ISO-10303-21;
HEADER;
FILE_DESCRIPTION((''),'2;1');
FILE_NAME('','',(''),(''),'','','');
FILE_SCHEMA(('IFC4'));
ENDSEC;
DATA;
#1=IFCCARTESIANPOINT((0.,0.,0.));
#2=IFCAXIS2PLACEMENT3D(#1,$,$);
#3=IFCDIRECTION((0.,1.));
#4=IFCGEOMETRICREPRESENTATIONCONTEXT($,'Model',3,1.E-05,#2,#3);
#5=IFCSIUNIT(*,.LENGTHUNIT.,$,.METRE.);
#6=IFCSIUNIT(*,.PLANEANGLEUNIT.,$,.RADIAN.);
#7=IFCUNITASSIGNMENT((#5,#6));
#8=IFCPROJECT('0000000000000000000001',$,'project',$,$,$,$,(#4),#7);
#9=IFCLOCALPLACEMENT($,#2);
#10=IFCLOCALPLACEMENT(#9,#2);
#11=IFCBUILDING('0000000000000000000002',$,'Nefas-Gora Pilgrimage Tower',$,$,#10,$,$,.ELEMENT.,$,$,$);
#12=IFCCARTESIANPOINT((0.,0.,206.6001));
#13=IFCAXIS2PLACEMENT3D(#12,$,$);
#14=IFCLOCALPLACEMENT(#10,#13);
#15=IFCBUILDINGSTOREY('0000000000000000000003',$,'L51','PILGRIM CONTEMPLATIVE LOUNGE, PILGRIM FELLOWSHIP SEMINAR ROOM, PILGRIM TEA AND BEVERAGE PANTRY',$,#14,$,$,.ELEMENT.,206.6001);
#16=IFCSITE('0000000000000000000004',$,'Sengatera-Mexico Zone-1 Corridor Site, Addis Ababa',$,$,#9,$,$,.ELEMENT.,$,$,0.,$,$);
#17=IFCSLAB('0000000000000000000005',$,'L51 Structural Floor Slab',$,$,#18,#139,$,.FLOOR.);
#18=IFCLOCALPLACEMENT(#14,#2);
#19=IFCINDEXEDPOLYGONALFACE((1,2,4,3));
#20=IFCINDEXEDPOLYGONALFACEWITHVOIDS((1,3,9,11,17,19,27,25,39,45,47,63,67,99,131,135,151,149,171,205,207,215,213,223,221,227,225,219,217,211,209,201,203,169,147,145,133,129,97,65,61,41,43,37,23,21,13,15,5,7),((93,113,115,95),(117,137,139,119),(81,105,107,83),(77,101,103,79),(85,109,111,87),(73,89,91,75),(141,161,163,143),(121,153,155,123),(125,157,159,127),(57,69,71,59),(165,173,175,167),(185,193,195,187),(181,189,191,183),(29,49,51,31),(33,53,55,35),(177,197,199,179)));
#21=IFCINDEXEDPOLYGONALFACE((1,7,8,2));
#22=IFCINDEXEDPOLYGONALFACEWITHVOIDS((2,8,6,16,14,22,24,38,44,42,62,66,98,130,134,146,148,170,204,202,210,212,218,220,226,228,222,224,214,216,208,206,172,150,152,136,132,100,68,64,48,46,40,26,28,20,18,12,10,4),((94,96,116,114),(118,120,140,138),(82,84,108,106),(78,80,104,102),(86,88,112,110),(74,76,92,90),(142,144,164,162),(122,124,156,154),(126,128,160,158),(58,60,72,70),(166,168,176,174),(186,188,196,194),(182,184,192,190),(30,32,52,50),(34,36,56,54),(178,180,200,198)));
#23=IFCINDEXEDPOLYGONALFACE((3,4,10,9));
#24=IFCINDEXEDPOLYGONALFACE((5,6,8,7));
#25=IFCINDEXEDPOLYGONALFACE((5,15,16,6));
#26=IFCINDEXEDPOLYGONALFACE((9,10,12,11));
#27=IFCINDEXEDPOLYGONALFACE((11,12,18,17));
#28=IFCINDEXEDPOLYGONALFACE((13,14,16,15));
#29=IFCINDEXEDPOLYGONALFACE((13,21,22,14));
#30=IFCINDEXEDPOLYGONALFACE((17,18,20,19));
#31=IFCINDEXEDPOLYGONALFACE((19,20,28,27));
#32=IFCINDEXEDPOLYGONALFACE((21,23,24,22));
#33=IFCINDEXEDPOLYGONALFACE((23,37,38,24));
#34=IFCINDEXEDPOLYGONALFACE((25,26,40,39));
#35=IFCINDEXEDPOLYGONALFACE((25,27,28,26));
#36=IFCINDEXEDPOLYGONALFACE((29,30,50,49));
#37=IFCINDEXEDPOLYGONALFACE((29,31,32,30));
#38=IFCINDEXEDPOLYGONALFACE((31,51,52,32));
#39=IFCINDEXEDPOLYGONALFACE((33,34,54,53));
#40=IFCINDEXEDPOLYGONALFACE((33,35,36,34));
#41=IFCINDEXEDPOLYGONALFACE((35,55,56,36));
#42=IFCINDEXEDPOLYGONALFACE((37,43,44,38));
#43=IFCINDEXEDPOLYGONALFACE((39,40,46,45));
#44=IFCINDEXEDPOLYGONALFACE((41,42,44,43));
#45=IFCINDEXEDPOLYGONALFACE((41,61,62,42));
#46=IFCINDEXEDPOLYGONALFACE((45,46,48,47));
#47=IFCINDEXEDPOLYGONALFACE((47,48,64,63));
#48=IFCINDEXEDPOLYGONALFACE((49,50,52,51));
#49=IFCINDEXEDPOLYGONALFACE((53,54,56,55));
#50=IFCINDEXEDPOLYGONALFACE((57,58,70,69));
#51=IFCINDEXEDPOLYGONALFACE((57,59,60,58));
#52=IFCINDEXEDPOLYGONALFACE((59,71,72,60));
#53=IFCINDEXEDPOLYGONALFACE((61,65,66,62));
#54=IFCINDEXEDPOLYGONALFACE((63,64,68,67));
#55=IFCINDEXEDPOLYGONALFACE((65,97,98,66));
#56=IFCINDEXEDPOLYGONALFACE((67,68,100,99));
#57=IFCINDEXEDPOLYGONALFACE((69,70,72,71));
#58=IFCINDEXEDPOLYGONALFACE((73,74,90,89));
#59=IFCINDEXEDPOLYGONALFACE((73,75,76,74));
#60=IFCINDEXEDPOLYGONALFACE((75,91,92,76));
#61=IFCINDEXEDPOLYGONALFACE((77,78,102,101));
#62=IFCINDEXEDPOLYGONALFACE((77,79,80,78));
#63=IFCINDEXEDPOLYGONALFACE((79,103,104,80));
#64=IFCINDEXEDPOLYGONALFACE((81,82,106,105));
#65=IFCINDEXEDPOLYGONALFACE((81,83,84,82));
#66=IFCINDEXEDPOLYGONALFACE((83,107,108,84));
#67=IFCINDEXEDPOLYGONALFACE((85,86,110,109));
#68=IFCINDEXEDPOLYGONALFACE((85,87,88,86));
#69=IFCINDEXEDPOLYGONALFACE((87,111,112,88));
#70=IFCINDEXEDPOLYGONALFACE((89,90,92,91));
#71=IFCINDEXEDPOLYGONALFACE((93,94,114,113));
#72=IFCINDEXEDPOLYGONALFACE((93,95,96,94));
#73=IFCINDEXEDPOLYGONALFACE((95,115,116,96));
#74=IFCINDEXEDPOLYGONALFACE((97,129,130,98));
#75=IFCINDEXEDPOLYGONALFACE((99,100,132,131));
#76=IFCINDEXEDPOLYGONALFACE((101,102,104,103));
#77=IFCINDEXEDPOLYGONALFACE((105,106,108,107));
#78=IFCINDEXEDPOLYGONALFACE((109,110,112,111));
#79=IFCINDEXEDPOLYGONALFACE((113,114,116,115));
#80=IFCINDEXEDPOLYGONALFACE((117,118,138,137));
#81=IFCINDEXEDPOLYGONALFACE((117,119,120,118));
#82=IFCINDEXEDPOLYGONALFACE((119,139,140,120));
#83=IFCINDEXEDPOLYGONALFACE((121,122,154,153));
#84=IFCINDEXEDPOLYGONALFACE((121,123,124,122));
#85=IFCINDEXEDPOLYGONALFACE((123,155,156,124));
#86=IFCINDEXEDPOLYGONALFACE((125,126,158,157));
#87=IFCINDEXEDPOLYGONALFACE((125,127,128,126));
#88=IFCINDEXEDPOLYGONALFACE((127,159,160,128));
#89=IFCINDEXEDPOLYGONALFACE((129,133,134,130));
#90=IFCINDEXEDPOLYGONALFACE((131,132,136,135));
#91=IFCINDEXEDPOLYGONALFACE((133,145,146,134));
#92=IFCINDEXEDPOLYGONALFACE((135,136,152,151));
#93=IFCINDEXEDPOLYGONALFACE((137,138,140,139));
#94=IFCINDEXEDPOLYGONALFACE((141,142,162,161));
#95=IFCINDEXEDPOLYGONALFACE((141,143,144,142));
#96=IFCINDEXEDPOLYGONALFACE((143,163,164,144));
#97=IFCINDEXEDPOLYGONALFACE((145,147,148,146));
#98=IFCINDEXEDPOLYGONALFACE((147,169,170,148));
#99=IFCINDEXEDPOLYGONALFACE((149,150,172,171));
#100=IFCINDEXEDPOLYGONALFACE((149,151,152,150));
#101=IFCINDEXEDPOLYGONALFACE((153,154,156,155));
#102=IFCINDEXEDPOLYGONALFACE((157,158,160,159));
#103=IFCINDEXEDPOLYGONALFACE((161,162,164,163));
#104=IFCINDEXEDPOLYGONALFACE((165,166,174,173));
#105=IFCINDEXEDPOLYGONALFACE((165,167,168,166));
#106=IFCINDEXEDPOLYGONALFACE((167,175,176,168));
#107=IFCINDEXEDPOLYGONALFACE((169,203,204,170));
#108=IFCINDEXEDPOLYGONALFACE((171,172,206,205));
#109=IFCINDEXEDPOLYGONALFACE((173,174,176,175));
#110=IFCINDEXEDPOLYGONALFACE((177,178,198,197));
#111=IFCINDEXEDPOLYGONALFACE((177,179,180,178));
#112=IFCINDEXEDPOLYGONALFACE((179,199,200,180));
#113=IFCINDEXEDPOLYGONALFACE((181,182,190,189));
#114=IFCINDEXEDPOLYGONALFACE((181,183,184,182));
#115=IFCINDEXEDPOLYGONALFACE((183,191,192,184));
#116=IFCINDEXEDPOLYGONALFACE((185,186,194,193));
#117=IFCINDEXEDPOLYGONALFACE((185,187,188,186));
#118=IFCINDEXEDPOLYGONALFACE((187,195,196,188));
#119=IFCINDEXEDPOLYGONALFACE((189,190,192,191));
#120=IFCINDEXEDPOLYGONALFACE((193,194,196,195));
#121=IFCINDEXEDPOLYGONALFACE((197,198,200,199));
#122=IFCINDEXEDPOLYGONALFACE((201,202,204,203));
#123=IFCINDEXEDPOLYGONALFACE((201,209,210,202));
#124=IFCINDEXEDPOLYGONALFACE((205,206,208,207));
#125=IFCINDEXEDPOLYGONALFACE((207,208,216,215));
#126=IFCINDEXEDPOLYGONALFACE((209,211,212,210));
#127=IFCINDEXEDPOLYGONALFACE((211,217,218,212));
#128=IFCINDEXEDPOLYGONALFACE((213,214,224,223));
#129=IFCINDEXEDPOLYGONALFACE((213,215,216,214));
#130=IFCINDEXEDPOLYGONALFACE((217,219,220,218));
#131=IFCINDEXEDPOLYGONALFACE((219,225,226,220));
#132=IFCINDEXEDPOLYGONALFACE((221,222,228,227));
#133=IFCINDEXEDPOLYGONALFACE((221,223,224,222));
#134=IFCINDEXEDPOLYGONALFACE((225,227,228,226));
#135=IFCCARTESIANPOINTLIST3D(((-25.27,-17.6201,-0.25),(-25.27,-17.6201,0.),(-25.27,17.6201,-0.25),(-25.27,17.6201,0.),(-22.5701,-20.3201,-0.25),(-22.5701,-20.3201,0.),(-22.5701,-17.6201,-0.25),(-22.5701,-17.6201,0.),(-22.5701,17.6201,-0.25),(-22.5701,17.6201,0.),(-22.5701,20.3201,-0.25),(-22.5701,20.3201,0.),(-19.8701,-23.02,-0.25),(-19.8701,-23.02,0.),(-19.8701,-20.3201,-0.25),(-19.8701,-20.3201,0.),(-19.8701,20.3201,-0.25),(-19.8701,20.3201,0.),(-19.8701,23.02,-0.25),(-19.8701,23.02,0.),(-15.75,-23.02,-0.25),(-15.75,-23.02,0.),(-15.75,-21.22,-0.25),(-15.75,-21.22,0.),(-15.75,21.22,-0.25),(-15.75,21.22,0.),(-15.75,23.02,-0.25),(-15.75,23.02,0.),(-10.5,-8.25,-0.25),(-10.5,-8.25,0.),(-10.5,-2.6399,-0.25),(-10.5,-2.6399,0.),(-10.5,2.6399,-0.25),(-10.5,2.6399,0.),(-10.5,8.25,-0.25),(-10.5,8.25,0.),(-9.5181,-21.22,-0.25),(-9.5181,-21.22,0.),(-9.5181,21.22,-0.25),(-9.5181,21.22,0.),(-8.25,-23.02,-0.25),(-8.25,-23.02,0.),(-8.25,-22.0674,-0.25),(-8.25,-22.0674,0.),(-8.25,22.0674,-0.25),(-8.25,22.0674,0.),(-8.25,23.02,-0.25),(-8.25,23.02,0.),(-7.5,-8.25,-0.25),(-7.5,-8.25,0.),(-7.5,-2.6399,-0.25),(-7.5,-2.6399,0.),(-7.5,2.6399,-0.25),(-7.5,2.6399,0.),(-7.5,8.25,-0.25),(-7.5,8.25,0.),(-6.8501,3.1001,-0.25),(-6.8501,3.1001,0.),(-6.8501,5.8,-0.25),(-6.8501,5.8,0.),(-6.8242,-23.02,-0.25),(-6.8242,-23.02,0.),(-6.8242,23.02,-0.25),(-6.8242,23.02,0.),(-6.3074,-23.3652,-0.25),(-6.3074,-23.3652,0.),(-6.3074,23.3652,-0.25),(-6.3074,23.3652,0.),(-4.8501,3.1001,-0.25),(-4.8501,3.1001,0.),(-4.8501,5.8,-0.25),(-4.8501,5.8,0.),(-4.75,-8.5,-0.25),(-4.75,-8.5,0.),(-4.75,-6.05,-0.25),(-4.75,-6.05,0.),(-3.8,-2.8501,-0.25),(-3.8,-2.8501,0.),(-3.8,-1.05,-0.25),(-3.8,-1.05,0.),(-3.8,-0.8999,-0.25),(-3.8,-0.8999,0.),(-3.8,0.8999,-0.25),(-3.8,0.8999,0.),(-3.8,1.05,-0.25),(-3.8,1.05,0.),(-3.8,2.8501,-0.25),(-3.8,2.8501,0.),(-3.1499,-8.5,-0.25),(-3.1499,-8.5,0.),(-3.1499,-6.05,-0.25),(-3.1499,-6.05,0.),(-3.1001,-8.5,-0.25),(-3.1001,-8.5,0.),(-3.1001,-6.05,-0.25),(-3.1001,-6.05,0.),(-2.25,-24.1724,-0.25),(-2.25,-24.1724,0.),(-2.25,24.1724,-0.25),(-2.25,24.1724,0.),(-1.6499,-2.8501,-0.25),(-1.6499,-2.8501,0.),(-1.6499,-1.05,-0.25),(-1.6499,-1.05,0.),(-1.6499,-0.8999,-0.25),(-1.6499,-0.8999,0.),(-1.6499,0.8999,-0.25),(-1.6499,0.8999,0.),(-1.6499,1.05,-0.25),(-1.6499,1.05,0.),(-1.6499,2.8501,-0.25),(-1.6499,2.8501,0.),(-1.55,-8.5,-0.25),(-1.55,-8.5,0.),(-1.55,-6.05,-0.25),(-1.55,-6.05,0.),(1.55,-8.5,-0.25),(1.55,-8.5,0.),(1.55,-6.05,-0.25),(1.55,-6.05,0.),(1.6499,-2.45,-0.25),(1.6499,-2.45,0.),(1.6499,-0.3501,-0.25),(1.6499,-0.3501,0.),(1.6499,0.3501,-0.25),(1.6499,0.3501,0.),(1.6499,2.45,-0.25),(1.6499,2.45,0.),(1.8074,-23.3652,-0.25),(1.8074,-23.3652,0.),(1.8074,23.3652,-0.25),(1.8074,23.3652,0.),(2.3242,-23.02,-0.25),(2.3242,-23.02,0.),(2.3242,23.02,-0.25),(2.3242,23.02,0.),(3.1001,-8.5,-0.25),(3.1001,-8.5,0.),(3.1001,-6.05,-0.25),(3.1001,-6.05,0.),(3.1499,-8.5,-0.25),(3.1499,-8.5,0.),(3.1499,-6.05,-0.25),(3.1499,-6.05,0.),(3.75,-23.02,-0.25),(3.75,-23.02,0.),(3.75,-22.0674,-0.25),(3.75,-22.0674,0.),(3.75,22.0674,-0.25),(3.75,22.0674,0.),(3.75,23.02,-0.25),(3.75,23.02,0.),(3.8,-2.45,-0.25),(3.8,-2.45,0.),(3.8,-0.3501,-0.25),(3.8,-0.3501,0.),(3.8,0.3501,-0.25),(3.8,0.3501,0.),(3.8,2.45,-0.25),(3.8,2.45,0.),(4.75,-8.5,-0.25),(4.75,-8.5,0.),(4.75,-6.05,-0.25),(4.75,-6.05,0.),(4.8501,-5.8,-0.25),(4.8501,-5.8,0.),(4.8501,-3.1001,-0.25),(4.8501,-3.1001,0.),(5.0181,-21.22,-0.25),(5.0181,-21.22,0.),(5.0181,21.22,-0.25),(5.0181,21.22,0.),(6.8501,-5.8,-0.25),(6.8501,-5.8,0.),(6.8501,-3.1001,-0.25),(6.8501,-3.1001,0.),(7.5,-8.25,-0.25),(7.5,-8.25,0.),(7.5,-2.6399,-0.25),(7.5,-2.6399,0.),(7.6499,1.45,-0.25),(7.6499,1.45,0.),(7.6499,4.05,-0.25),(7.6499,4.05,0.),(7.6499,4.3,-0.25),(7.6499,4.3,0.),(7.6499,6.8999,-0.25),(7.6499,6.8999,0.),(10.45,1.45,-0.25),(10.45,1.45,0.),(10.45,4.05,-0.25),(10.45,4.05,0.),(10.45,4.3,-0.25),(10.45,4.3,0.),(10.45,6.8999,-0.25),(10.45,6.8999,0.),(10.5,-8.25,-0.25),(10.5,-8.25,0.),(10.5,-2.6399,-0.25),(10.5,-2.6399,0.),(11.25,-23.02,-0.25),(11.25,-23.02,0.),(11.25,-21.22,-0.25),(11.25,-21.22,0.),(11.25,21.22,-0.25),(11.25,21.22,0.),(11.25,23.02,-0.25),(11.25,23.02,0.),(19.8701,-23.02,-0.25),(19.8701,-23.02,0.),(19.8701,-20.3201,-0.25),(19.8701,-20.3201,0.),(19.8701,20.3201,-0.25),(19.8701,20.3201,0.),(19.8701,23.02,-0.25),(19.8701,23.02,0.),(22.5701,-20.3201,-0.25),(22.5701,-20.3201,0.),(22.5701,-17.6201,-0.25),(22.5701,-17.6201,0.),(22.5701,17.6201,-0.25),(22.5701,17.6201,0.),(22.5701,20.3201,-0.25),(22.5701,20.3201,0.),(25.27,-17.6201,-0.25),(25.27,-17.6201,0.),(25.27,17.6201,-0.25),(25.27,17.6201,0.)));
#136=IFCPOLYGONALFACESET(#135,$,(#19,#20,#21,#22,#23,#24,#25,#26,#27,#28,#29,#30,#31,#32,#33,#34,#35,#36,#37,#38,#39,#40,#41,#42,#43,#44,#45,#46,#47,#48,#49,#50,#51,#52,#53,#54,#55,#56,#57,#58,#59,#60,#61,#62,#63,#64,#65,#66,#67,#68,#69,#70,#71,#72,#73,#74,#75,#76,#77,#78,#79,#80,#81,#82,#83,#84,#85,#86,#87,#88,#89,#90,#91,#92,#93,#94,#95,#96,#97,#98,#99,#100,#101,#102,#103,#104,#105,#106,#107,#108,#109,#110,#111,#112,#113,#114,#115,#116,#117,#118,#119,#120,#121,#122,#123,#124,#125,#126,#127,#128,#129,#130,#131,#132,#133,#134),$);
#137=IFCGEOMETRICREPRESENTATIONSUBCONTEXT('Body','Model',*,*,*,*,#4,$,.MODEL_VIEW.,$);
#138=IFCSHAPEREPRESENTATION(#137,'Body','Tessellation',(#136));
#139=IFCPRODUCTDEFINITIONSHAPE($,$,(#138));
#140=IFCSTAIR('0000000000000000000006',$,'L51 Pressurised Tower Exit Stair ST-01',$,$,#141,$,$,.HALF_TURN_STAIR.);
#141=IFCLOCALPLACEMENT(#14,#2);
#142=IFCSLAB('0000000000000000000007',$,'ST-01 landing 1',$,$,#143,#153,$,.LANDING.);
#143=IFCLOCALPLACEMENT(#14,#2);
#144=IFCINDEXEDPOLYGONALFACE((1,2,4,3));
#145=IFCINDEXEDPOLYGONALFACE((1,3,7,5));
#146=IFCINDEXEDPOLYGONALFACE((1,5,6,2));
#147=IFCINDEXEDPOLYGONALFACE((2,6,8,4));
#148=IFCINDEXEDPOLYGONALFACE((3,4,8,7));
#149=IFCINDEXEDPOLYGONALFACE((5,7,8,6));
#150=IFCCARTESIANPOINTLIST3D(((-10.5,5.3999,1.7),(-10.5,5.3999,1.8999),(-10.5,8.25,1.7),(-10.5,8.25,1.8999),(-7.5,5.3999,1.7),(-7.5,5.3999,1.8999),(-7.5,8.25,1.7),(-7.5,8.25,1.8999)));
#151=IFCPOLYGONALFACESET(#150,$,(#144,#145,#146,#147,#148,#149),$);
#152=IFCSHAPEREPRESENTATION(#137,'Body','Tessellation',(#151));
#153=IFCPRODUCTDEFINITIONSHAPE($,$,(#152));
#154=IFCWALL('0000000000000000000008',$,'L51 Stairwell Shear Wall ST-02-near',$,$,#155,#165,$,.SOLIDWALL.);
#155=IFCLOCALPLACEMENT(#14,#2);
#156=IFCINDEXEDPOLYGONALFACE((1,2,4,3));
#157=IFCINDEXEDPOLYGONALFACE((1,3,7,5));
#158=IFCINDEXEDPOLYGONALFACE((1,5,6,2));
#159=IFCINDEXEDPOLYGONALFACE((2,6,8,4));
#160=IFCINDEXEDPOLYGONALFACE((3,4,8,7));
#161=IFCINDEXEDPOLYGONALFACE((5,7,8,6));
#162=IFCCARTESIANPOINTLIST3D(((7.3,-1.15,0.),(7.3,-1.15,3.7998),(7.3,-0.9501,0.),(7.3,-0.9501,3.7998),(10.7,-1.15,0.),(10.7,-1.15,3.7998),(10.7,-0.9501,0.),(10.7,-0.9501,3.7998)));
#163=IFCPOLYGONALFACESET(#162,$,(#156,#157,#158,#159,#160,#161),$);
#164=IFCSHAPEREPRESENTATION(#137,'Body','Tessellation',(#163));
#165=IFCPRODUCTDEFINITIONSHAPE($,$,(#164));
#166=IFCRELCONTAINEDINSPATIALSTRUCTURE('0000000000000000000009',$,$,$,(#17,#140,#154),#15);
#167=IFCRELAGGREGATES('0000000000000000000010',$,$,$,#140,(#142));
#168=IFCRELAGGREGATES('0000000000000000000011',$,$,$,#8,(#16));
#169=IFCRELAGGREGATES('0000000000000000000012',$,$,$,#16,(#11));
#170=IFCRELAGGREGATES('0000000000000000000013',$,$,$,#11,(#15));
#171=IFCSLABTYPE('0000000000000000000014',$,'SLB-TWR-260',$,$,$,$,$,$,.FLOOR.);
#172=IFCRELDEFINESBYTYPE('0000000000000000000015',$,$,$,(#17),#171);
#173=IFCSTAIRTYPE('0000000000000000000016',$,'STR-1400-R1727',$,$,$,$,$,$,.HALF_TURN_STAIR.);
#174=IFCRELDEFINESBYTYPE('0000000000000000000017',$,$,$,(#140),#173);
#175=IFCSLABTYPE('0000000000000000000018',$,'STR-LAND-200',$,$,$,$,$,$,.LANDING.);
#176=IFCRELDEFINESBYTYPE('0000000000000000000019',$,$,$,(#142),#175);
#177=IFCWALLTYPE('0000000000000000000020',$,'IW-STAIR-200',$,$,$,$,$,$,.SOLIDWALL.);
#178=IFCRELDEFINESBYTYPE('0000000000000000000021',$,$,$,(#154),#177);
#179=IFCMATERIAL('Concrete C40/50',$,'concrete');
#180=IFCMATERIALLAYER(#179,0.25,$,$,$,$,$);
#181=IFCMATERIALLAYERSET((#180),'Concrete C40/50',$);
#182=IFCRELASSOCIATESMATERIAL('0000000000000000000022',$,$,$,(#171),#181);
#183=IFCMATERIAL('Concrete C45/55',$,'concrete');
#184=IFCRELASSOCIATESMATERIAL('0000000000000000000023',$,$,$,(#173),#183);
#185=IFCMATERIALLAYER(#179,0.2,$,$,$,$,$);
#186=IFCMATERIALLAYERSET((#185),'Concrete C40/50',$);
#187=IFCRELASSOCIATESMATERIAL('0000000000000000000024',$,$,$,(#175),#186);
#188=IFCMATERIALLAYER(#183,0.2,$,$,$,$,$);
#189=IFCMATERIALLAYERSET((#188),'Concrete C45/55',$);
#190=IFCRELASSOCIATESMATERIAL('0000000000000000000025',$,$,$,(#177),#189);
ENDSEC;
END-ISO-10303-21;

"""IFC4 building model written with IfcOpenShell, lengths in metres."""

from ifc_helpers import new_model, si_unit, direction, frame, frame_2d, origin, place, context, subcontext, project, spatial, polyline, rectangle, outline, extrude, source, transform, mapped, material, layer, layer_set, type_object, element, aggregate, save


model = new_model("IFC4")

# Units and contexts
model_context = context("Model", 3, precision=1e-05, world=origin(), true_north=direction((0.0, 1.0)))
body_context = subcontext(model_context, "Body", "Model", "MODEL_VIEW")
ifc_project = project(units=[si_unit("LENGTHUNIT", "METRE"), si_unit("PLANEANGLEUNIT", "RADIAN")], contexts=[model_context])

# Site, building, storey
site_placement = place(None, origin())
site = spatial("IfcSite", under=ifc_project, at=site_placement, Name="Sengatera-Mexico Zone-1 Corridor Site, Addis Ababa", CompositionType="ELEMENT", RefElevation=0.0)
building_placement = place(site_placement, origin())
building = spatial("IfcBuilding", under=site, at=building_placement, Name="Nefas-Gora Pilgrimage Tower", CompositionType="ELEMENT")
storey_placement = place(building_placement, frame((0.0, 0.0, 206.6001)))
storey = spatial("IfcBuildingStorey", under=building, at=storey_placement, Name="L51", Description="PILGRIM CONTEMPLATIVE LOUNGE, PILGRIM FELLOWSHIP SEMINAR ROOM, PILGRIM TEA AND BEVERAGE PANTRY", CompositionType="ELEMENT", Elevation=206.6001)

# Slab
ifc_material_1 = material(Name="Concrete C45/55", Category="concrete")
ifc_material_2 = material(Name="Concrete C40/50", Category="concrete")
ifc_layer_1 = layer(ifc_material_2, 0.25)
ifc_layer_set_1 = layer_set([ifc_layer_1], Name="Concrete C40/50")
slab_type_1 = type_object("IfcSlabType", Name="SLB-TWR-260", PredefinedType="FLOOR", material=ifc_layer_set_1)
slab_1_placement = place(storey_placement, frame((0.0, 0.0, -0.25)))
element("IfcSlab", 1, at=slab_1_placement, inside=storey, type_object=slab_type_1, Name="L51 Structural Floor Slab", PredefinedType="FLOOR", context=body_context, shape_type="SweptSolid", body=[
    extrude(outline(polyline([(5.0181, -21.22), (11.25, -21.22), (11.25, -23.02), (19.8701, -23.02), (19.8701, -20.3201), (22.5701, -20.3201), (22.5701, -17.6201), (25.27, -17.6201), (25.27, 17.6201), (22.5701, 17.6201), (22.5701, 20.3201), (19.8701, 20.3201), (19.8701, 23.02), (11.25, 23.02), (11.25, 21.22), (5.0181, 21.22), (3.75, 22.0674), (3.75, 23.02), (2.3242, 23.02), (1.8074, 23.3652), (-2.25, 24.1724), (-6.3074, 23.3652), (-6.8242, 23.02), (-8.25, 23.02), (-8.25, 22.0674), (-9.5181, 21.22), (-15.75, 21.22), (-15.75, 23.02), (-19.8701, 23.02), (-19.8701, 20.3201), (-22.5701, 20.3201), (-22.5701, 17.6201), (-25.27, 17.6201), (-25.27, -17.6201), (-22.5701, -17.6201), (-22.5701, -20.3201), (-19.8701, -20.3201), (-19.8701, -23.02), (-15.75, -23.02), (-15.75, -21.22), (-9.5181, -21.22), (-8.25, -22.0674), (-8.25, -23.02), (-6.8242, -23.02), (-6.3074, -23.3652), (-2.25, -24.1724), (1.8074, -23.3652), (2.3242, -23.02), (3.75, -23.02), (3.75, -22.0674), (5.0181, -21.22)]), holes=[polyline([(-10.5, 2.6399), (-10.5, 8.25), (-7.5, 8.25), (-7.5, 2.6399), (-10.5, 2.6399)]), polyline([(10.5, -2.6399), (10.5, -8.25), (7.5, -8.25), (7.5, -2.6399), (10.5, -2.6399)]), polyline([(-7.5, -2.6399), (-7.5, -8.25), (-10.5, -8.25), (-10.5, -2.6399), (-7.5, -2.6399)]), polyline([(-6.8501, 5.8), (-4.8501, 5.8), (-4.8501, 3.1001), (-6.8501, 3.1001), (-6.8501, 5.8)]), polyline([(4.8501, -3.1001), (6.8501, -3.1001), (6.8501, -5.8), (4.8501, -5.8), (4.8501, -3.1001)]), polyline([(7.6499, 4.05), (10.45, 4.05), (10.45, 1.45), (7.6499, 1.45), (7.6499, 4.05)]), polyline([(7.6499, 6.8999), (10.45, 6.8999), (10.45, 4.3), (7.6499, 4.3), (7.6499, 6.8999)]), polyline([(-4.75, -6.05), (-3.1499, -6.05), (-3.1499, -8.5), (-4.75, -8.5), (-4.75, -6.05)]), polyline([(-3.1001, -6.05), (-1.55, -6.05), (-1.55, -8.5), (-3.1001, -8.5), (-3.1001, -6.05)]), polyline([(1.55, -6.05), (3.1001, -6.05), (3.1001, -8.5), (1.55, -8.5), (1.55, -6.05)]), polyline([(3.1499, -6.05), (4.75, -6.05), (4.75, -8.5), (3.1499, -8.5), (3.1499, -6.05)]), polyline([(-3.8, -1.05), (-1.6499, -1.05), (-1.6499, -2.8501), (-3.8, -2.8501), (-3.8, -1.05)]), polyline([(-3.8, 0.8999), (-1.6499, 0.8999), (-1.6499, -0.8999), (-3.8, -0.8999), (-3.8, 0.8999)]), polyline([(-3.8, 2.8501), (-1.6499, 2.8501), (-1.6499, 1.05), (-3.8, 1.05), (-3.8, 2.8501)]), polyline([(1.6499, -0.3501), (3.8, -0.3501), (3.8, -2.45), (1.6499, -2.45), (1.6499, -0.3501)]), polyline([(1.6499, 2.45), (3.8, 2.45), (3.8, 0.3501), (1.6499, 0.3501), (1.6499, 2.45)])]), origin(), (0.0, 0.0, 1.0), 0.25),
])

# Stair, slab
stair_type = type_object("IfcStairType", Name="STR-1400-R1727", PredefinedType="HALF_TURN_STAIR", material=ifc_material_1)
stair_1_placement = place(storey_placement, origin())
stair_1 = element("IfcStair", 2, at=stair_1_placement, inside=storey, type_object=stair_type, Name="L51 Pressurised Tower Exit Stair ST-01", PredefinedType="HALF_TURN_STAIR")
ifc_layer_2 = layer(ifc_material_2, 0.2)
ifc_layer_set_2 = layer_set([ifc_layer_2], Name="Concrete C40/50")
slab_type_2 = type_object("IfcSlabType", Name="STR-LAND-200", PredefinedType="LANDING", material=ifc_layer_set_2)
slab_2_placement = place(storey_placement, frame((0.0, 0.0, 1.7)))
slab_2 = element("IfcSlab", 3, at=slab_2_placement, type_object=slab_type_2, Name="ST-01 landing 1", PredefinedType="LANDING", context=body_context, shape_type="SweptSolid", body=[
    extrude(outline(polyline([(-7.5, 5.3999), (-7.5, 8.25), (-10.5, 8.25), (-10.5, 5.3999), (-7.5, 5.3999)])), origin(), (0.0, 0.0, 1.0), 0.2),
])
aggregate(stair_1, [slab_2])

# Wall
ifc_layer_3 = layer(ifc_material_1, 0.2)
ifc_layer_set_3 = layer_set([ifc_layer_3], Name="Concrete C45/55")
wall_type_1 = type_object("IfcWallType", Name="IW-STAIR-200", PredefinedType="SOLIDWALL", material=ifc_layer_set_3)
shared_shape_1 = source(origin(), body_context, "Body", "SweptSolid", [
    extrude(rectangle(XDim=3.3999, YDim=0.2, at=frame_2d((1.7, 0.0))), origin(), (0.0, 0.0, 1.0), 3.7998),
])
wall_1_placement = place(storey_placement, frame((7.3, -1.05, 0.0), z_axis=(0.0, 0.0, 1.0), x_axis=(1.0, 0.0, 0.0)))
element("IfcWall", 4, at=wall_1_placement, inside=storey, type_object=wall_type_1, Name="L51 Stairwell Shear Wall ST-02-near", PredefinedType="SOLIDWALL", context=body_context, shape_type="MappedRepresentation", body=[
    mapped(shared_shape_1, transform((0.0, 0.0, 0.0), x_axis=(1.0, 0.0, 0.0), y_axis=(0.0, 1.0, 0.0), z_axis=(0.0, 0.0, 1.0), scale=1.0)),
])

save(model, "model.ifc")
